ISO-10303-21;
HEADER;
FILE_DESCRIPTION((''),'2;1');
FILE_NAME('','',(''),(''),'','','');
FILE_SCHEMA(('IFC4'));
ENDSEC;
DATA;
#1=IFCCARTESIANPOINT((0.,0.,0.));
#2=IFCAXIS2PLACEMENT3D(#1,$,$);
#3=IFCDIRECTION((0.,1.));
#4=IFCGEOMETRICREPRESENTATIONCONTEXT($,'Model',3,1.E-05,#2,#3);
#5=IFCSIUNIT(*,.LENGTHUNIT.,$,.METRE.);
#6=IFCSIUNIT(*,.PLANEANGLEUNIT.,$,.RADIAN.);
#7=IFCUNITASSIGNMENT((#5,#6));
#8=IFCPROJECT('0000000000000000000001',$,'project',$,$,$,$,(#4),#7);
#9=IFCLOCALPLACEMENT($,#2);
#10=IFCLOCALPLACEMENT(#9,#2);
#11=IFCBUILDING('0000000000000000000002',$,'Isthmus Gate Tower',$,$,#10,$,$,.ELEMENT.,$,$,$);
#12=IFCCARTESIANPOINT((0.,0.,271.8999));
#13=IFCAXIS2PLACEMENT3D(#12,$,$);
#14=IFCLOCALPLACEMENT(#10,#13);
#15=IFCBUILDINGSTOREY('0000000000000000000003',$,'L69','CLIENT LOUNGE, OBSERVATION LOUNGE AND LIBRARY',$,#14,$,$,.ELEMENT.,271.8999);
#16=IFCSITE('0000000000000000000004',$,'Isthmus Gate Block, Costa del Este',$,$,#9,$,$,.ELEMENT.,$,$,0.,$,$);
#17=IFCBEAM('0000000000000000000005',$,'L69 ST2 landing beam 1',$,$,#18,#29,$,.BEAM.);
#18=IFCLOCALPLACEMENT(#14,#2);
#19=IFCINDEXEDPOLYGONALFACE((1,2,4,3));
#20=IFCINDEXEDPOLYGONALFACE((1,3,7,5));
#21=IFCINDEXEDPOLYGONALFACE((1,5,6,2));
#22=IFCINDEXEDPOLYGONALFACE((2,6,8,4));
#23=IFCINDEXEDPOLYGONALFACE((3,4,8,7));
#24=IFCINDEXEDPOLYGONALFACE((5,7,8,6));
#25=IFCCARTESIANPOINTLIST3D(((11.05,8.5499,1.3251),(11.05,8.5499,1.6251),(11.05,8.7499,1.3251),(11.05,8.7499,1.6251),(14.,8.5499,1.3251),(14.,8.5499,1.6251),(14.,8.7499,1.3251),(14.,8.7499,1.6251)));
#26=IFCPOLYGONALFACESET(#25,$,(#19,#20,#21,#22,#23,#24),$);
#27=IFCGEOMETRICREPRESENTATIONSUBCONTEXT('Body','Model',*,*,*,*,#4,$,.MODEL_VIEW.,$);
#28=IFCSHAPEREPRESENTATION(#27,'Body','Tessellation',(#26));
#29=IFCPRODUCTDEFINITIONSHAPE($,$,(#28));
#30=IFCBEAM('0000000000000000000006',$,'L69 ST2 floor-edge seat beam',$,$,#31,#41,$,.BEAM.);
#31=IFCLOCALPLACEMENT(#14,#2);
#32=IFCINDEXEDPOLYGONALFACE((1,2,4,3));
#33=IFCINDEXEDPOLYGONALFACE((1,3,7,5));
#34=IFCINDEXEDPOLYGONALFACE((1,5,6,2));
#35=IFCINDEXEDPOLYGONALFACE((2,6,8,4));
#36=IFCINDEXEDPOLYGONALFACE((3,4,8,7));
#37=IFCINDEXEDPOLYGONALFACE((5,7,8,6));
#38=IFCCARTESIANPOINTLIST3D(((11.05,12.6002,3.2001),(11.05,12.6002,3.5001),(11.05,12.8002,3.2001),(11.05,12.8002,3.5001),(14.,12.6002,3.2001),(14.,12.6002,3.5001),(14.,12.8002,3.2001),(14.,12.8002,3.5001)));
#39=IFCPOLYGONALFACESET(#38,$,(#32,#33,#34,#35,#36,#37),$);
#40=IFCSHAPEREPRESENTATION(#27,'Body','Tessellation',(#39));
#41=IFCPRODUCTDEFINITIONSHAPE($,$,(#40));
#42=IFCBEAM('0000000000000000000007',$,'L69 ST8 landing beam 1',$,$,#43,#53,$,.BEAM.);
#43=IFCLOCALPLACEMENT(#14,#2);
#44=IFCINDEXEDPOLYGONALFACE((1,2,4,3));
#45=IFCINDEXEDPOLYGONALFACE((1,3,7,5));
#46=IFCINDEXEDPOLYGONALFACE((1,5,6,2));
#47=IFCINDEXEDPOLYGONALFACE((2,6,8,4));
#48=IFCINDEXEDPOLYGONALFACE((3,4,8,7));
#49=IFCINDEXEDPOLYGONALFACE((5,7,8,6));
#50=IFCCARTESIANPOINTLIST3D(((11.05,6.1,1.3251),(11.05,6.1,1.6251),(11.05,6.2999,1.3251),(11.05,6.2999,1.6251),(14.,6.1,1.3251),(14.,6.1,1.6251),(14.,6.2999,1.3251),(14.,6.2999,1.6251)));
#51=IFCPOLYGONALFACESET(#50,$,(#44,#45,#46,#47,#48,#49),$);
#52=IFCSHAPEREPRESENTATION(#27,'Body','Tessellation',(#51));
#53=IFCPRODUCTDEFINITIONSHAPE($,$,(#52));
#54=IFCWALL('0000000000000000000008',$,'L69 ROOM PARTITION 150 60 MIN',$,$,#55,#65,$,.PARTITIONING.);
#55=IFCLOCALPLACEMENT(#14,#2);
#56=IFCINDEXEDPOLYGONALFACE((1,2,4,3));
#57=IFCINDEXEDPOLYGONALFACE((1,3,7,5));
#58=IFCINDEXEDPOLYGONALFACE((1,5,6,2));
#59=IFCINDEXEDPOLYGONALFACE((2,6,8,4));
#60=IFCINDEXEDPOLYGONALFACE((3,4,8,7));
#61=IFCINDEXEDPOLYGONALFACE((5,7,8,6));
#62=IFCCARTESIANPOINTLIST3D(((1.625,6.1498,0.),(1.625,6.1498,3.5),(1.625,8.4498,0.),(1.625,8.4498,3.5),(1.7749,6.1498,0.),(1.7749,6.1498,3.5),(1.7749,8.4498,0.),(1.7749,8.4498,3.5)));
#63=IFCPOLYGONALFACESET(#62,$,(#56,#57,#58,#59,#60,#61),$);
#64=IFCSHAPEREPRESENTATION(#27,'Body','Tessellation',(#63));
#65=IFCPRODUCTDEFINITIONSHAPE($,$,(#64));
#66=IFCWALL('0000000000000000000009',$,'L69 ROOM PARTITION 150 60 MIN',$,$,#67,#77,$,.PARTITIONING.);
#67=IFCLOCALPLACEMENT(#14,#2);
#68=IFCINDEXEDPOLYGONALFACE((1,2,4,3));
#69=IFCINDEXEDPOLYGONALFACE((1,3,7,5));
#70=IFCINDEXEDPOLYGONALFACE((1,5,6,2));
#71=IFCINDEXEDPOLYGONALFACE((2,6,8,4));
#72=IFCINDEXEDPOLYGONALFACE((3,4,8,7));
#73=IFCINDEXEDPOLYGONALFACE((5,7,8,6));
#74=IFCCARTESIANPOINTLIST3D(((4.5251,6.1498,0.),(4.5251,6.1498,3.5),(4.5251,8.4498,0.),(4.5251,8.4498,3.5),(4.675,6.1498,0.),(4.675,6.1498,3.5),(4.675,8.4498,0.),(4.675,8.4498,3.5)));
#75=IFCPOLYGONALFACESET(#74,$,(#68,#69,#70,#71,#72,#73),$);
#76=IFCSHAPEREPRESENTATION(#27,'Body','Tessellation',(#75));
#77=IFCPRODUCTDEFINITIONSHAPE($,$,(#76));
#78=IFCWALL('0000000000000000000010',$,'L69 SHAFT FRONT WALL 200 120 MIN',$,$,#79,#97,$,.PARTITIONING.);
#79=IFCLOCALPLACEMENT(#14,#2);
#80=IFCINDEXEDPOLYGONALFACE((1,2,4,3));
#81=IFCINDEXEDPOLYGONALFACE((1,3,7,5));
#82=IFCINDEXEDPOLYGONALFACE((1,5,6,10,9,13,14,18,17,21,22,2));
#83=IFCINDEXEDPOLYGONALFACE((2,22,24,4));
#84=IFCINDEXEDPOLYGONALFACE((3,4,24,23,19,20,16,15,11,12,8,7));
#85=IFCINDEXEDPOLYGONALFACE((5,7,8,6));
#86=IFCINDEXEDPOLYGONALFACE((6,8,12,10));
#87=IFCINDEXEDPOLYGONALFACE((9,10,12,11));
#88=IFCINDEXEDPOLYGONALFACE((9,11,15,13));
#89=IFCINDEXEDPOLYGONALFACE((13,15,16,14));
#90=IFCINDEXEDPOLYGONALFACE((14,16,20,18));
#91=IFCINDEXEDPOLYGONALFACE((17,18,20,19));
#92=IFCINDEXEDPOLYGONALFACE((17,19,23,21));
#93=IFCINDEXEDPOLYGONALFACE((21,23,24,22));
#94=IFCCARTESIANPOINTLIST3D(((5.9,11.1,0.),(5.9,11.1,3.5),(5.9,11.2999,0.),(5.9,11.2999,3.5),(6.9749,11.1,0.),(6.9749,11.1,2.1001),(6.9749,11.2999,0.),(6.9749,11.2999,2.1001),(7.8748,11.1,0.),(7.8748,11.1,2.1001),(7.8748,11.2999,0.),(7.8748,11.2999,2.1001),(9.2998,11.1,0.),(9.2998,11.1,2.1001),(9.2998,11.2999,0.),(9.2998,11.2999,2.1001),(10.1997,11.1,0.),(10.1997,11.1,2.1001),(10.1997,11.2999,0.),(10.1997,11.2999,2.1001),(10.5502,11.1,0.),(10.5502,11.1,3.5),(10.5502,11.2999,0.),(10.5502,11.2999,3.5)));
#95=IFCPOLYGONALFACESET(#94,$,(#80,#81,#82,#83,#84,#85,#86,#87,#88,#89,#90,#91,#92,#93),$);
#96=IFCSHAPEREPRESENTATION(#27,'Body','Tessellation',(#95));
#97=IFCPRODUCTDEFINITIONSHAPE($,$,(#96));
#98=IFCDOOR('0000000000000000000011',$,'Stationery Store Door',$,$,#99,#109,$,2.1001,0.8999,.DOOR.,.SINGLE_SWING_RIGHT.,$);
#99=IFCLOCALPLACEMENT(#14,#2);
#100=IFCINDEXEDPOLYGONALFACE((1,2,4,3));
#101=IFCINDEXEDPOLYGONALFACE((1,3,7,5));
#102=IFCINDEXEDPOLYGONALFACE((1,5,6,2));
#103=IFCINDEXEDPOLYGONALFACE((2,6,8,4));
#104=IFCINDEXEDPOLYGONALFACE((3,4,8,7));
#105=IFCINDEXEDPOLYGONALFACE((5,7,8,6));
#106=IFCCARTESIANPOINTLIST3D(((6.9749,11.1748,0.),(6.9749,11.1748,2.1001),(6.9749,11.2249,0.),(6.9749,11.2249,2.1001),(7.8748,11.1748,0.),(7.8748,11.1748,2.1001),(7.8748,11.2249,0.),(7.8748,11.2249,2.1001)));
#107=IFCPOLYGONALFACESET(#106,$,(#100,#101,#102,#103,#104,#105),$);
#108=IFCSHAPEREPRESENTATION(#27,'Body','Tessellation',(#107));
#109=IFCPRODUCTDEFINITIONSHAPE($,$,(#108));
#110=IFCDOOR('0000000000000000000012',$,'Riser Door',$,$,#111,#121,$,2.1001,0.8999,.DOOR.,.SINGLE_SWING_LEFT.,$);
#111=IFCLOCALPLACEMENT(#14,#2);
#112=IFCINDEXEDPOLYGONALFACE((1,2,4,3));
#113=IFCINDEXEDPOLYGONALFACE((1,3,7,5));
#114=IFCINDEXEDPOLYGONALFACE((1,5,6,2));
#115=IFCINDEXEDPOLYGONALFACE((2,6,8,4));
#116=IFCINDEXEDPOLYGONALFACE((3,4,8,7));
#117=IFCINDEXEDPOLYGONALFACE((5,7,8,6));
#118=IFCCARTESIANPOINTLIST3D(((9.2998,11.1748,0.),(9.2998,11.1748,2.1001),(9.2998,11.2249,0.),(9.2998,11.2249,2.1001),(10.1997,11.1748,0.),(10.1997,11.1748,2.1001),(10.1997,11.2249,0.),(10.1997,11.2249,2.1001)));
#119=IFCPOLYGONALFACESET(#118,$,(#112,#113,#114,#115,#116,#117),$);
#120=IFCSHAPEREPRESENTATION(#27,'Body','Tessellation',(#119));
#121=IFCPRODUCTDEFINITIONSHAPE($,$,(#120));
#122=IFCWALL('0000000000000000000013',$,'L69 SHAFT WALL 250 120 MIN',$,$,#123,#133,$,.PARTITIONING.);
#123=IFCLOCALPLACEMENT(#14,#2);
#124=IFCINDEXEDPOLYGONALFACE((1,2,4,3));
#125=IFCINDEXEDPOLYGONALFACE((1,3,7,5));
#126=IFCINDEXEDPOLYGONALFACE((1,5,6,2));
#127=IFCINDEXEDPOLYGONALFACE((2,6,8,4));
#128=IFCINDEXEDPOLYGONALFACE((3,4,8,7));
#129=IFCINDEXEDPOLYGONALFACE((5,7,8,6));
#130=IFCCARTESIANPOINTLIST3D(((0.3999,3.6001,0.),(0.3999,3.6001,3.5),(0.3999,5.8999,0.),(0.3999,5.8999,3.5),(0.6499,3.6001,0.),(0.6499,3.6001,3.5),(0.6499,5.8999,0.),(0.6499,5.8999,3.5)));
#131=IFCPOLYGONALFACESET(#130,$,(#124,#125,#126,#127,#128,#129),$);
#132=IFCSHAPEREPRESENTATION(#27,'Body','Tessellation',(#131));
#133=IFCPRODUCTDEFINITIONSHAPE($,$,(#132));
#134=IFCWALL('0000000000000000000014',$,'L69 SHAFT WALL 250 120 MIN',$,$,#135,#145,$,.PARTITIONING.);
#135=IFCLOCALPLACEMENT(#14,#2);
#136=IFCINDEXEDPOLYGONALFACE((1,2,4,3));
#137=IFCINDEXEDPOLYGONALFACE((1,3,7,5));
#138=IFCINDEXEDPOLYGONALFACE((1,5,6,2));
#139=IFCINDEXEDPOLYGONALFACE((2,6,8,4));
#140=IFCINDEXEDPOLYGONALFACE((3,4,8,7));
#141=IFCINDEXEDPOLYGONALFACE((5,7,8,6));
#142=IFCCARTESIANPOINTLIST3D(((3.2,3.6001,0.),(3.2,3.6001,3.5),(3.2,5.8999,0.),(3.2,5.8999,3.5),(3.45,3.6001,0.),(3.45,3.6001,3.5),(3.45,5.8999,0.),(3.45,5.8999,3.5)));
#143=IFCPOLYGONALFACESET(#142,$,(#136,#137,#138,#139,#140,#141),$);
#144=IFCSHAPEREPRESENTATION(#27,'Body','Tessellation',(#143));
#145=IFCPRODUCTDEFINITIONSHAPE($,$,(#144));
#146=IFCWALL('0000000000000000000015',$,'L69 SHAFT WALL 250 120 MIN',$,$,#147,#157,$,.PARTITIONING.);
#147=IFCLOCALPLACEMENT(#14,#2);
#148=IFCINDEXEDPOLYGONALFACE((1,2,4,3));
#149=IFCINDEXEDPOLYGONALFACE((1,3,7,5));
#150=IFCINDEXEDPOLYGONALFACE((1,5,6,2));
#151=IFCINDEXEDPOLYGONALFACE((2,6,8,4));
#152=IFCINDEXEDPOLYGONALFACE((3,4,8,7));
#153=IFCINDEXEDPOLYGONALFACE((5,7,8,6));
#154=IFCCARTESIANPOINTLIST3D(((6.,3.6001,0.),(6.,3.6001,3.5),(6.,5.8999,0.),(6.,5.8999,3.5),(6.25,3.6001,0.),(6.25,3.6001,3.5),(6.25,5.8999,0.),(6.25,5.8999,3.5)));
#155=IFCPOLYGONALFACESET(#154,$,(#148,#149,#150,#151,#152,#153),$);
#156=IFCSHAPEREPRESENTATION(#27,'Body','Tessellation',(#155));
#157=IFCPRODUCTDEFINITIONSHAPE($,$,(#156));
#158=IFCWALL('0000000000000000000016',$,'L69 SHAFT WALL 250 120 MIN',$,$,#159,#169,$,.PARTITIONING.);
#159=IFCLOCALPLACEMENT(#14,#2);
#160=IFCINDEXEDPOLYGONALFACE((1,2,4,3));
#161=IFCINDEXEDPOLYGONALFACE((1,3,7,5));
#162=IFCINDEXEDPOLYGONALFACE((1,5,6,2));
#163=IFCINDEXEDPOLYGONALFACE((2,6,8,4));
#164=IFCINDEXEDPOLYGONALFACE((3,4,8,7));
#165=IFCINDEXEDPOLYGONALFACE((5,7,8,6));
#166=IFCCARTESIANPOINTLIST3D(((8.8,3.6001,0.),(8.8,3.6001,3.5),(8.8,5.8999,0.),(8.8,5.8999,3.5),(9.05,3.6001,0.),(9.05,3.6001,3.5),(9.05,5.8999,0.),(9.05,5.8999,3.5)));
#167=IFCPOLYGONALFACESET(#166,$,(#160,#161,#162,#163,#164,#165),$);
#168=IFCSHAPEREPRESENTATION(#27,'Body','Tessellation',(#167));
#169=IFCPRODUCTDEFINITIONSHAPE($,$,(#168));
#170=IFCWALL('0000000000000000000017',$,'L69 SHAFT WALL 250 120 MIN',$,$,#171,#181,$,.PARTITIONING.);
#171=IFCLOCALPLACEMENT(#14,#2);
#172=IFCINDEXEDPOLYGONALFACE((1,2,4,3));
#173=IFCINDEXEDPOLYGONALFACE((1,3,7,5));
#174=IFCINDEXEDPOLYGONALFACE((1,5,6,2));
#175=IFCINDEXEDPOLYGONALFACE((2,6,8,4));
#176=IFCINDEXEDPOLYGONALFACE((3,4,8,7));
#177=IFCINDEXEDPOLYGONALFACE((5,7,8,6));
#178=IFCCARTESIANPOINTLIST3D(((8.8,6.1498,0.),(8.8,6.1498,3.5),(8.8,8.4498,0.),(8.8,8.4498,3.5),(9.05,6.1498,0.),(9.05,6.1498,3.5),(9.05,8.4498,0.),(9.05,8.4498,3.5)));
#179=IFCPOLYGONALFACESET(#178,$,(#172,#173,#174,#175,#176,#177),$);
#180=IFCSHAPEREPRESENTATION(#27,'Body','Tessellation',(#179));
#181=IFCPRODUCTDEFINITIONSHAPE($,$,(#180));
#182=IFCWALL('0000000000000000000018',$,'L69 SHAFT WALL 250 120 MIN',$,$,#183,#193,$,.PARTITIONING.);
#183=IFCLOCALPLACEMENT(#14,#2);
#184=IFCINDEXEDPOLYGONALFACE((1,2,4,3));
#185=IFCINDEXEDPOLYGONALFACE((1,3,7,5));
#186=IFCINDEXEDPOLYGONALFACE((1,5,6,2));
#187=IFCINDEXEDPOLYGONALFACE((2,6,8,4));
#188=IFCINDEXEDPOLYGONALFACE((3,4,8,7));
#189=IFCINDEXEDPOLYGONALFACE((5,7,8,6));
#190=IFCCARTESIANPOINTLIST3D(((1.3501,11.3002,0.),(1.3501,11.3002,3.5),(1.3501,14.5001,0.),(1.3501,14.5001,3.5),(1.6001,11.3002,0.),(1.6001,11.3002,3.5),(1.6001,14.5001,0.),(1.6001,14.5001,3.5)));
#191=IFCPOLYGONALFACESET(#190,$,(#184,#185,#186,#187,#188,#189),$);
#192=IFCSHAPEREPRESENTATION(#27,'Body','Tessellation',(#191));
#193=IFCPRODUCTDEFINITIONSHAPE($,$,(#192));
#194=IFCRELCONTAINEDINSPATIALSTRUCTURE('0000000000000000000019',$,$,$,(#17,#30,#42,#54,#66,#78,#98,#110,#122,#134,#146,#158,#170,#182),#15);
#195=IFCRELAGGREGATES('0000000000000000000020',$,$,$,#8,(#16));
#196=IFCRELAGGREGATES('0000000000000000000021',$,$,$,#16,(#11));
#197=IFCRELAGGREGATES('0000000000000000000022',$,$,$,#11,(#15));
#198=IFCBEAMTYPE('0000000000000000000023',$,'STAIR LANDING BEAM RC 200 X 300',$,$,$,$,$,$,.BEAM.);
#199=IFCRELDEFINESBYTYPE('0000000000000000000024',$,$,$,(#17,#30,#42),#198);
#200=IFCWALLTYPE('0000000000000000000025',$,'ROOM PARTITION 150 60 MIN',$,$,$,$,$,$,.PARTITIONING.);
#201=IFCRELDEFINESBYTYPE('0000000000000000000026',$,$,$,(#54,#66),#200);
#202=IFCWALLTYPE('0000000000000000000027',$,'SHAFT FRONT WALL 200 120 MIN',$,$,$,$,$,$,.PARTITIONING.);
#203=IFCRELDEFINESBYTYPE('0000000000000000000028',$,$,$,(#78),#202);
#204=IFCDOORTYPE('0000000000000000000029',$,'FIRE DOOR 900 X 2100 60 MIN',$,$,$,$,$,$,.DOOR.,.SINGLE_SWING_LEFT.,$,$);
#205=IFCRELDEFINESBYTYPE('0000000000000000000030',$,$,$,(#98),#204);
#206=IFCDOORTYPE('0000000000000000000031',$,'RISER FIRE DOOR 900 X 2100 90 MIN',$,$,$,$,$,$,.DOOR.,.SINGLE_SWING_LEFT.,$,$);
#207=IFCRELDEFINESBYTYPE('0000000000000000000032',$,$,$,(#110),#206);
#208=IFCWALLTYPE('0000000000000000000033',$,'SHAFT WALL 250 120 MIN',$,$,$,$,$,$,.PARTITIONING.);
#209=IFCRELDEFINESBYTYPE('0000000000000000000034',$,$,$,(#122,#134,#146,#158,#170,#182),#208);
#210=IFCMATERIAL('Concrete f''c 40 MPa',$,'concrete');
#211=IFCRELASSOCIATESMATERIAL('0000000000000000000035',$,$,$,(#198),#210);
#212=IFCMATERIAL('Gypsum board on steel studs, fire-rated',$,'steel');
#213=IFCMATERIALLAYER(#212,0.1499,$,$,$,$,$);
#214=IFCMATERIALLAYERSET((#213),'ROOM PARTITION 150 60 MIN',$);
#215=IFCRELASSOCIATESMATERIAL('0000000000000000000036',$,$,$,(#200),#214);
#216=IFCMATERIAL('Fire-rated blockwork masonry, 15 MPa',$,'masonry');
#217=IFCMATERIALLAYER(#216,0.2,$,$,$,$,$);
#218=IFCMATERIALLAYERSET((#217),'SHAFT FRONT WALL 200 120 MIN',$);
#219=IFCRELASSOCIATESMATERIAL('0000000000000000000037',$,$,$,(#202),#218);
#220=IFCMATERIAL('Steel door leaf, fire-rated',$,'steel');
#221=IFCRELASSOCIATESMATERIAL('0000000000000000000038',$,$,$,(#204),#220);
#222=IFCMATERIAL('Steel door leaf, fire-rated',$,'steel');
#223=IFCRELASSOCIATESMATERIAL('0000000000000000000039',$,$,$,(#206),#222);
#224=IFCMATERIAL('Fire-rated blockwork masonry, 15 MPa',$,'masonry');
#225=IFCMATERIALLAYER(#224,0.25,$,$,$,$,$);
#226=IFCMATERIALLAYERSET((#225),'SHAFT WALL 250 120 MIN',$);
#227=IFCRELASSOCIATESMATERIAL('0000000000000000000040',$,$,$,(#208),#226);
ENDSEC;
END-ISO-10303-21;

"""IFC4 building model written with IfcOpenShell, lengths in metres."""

from ifc_helpers import new_model, si_unit, direction, frame, frame_2d, origin, origin_2d, place, context, subcontext, project, spatial, rectangle, extrude, material, layer, layer_set, material_profile, profile_set, type_object, element, fill, save


model = new_model("IFC4")

# Units and contexts
model_context = context("Model", 3, precision=1e-05, world=origin(), true_north=direction((0.0, 1.0)))
body_context = subcontext(model_context, "Body", "Model", "MODEL_VIEW")
ifc_project = project(units=[si_unit("LENGTHUNIT", "METRE"), si_unit("PLANEANGLEUNIT", "RADIAN")], contexts=[model_context])

# Site, building, storey
site_placement = place(None, origin())
site = spatial("IfcSite", under=ifc_project, at=site_placement, Name="Isthmus Gate Block, Costa del Este", CompositionType="ELEMENT", RefElevation=0.0)
building_placement = place(site_placement, origin())
building = spatial("IfcBuilding", under=site, at=building_placement, Name="Isthmus Gate Tower", CompositionType="ELEMENT")
storey_placement = place(building_placement, frame((0.0, 0.0, 271.8999)))
storey = spatial("IfcBuildingStorey", under=building, at=storey_placement, Name="L69", Description="CLIENT LOUNGE, OBSERVATION LOUNGE AND LIBRARY", CompositionType="ELEMENT", Elevation=271.8999)

# Beams
ifc_material_1 = material(Name="Concrete f'c 40 MPa", Category="concrete")
ifc_material_profile = material_profile(ifc_material_1, rectangle(XDim=0.2, YDim=0.3, at=origin_2d()), Name="STAIR LANDING BEAM RC 200 X 300")
ifc_profile_set = profile_set([ifc_material_profile], Name="Concrete f'c 40 MPa")
beam_type = type_object("IfcBeamType", Name="STAIR LANDING BEAM RC 200 X 300", PredefinedType="BEAM", material=ifc_profile_set)
for number, where, z_axis, x_axis, name in (
    (1, (11.05, 8.6499, 1.4751), (1.0, 0.0, 0.0), (0.0, 1.0, 0.0), "L69 ST2 landing beam 1"),
    (2, (11.05, 12.7002, 3.3501), (1.0, 0.0, 0.0), (0.0, 1.0, 0.0), "L69 ST2 floor-edge seat beam"),
    (3, (11.05, 6.2, 1.4751), (1.0, 0.0, 0.0), (0.0, 1.0, 0.0), "L69 ST8 landing beam 1"),
):
    element("IfcBeam", number, at=place(storey_placement, frame(where, z_axis=z_axis, x_axis=x_axis)), inside=storey, type_object=beam_type, Name=name, PredefinedType="BEAM", context=body_context, shape_type="SweptSolid", body=[
        extrude(rectangle(XDim=0.2, YDim=0.3, at=origin_2d()), origin(), (0.0, 0.0, 1.0), 2.95),
    ])

# Walls
ifc_material_2 = material(Name="Gypsum board on steel studs, fire-rated", Category="steel")
ifc_layer_1 = layer(ifc_material_2, 0.1499)
ifc_layer_set_1 = layer_set([ifc_layer_1], Name="ROOM PARTITION 150 60 MIN")
wall_type_1 = type_object("IfcWallType", Name="ROOM PARTITION 150 60 MIN", PredefinedType="PARTITIONING", material=ifc_layer_set_1)
for number, where, z_axis, x_axis, name in (
    (4, (1.7, 6.1499, 0.0), (0.0, 0.0, 1.0), (0.0, 1.0, 0.0), "L69 ROOM PARTITION 150 60 MIN"),
    (5, (4.6001, 6.1499, 0.0), (0.0, 0.0, 1.0), (0.0, 1.0, 0.0), "L69 ROOM PARTITION 150 60 MIN"),
):
    element("IfcWall", number, at=place(storey_placement, frame(where, z_axis=z_axis, x_axis=x_axis)), inside=storey, type_object=wall_type_1, Name=name, PredefinedType="PARTITIONING", context=body_context, shape_type="SweptSolid", body=[
        extrude(rectangle(XDim=2.3, YDim=0.1499, at=frame_2d((1.1499, 0.0))), origin(), (0.0, 0.0, 1.0), 3.5),
    ])

# Wall, openings, doors
ifc_material_3 = material(Name="Fire-rated blockwork masonry, 15 MPa", Category="masonry")
ifc_layer_2 = layer(ifc_material_3, 0.2)
ifc_layer_set_2 = layer_set([ifc_layer_2], Name="SHAFT FRONT WALL 200 120 MIN")
wall_type_2 = type_object("IfcWallType", Name="SHAFT FRONT WALL 200 120 MIN", PredefinedType="PARTITIONING", material=ifc_layer_set_2)
wall_1_placement = place(storey_placement, frame((5.8999, 11.2, 0.0), z_axis=(0.0, 0.0, 1.0), x_axis=(1.0, 0.0, 0.0)))
wall_1 = element("IfcWall", 6, at=wall_1_placement, inside=storey, type_object=wall_type_2, Name="L69 SHAFT FRONT WALL 200 120 MIN", PredefinedType="PARTITIONING", context=body_context, shape_type="SweptSolid", body=[
    extrude(rectangle(XDim=4.6501, YDim=0.2, at=frame_2d((2.3252, 0.0))), origin(), (0.0, 0.0, 1.0), 3.5),
])
opening_1_placement = place(wall_1_placement, frame((1.075, 0.0, 0.0)))
opening_1 = element("IfcOpeningElement", 7, at=opening_1_placement, cuts=wall_1, PredefinedType="OPENING", context=body_context, shape_type="SweptSolid", body=[
    extrude(rectangle(XDim=0.8999, YDim=2.1001, at=frame_2d((0.45, 1.05))), frame((0.0, 0.1099, 0.0), z_axis=(0.0, -1.0, 0.0), x_axis=(1.0, 0.0, 0.0)), (0.0, 0.0, 1.0), 0.22),
])
opening_2_placement = place(wall_1_placement, frame((3.3999, 0.0, 0.0)))
opening_2 = element("IfcOpeningElement", 8, at=opening_2_placement, cuts=wall_1, PredefinedType="OPENING", context=body_context, shape_type="SweptSolid", body=[
    extrude(rectangle(XDim=0.8999, YDim=2.1001, at=frame_2d((0.45, 1.05))), frame((0.0, 0.1099, 0.0), z_axis=(0.0, -1.0, 0.0), x_axis=(1.0, 0.0, 0.0)), (0.0, 0.0, 1.0), 0.22),
])
ifc_material_4 = material(Name="Steel door leaf, fire-rated", Category="steel")
door_type_1 = type_object("IfcDoorType", Name="FIRE DOOR 900 X 2100 60 MIN", OperationType="SINGLE_SWING_LEFT", PredefinedType="DOOR", material=ifc_material_4)
door_1_placement = place(opening_1_placement, origin())
door_1 = element("IfcDoor", 9, at=door_1_placement, inside=storey, type_object=door_type_1, Name="Stationery Store Door", OperationType="SINGLE_SWING_RIGHT", OverallHeight=2.1001, OverallWidth=0.8999, PredefinedType="DOOR", context=body_context, shape_type="SweptSolid", body=[
    extrude(rectangle(XDim=0.8999, YDim=2.1001, at=frame_2d((0.45, 1.05))), frame((0.0, 0.0249, 0.0), z_axis=(0.0, -1.0, 0.0), x_axis=(1.0, 0.0, 0.0)), (0.0, 0.0, 1.0), 0.05),
])
fill(opening_1, door_1)
ifc_material_5 = material(Name="Steel door leaf, fire-rated", Category="steel")
door_type_2 = type_object("IfcDoorType", Name="RISER FIRE DOOR 900 X 2100 90 MIN", OperationType="SINGLE_SWING_LEFT", PredefinedType="DOOR", material=ifc_material_5)
door_2_placement = place(opening_2_placement, origin())
door_2 = element("IfcDoor", 10, at=door_2_placement, inside=storey, type_object=door_type_2, Name="Riser Door", OperationType="SINGLE_SWING_LEFT", OverallHeight=2.1001, OverallWidth=0.8999, PredefinedType="DOOR", context=body_context, shape_type="SweptSolid", body=[
    extrude(rectangle(XDim=0.8999, YDim=2.1001, at=frame_2d((0.45, 1.05))), frame((0.0, 0.0249, 0.0), z_axis=(0.0, -1.0, 0.0), x_axis=(1.0, 0.0, 0.0)), (0.0, 0.0, 1.0), 0.05),
])
fill(opening_2, door_2)

# Walls
ifc_material_6 = material(Name="Fire-rated blockwork masonry, 15 MPa", Category="masonry")
ifc_layer_3 = layer(ifc_material_6, 0.25)
ifc_layer_set_3 = layer_set([ifc_layer_3], Name="SHAFT WALL 250 120 MIN")
wall_type_3 = type_object("IfcWallType", Name="SHAFT WALL 250 120 MIN", PredefinedType="PARTITIONING", material=ifc_layer_set_3)
for number, where, z_axis, x_axis, name in (
    (11, (0.5249, 3.6001, 0.0), (0.0, 0.0, 1.0), (0.0, 1.0, 0.0), "L69 SHAFT WALL 250 120 MIN"),
    (12, (3.325, 3.6001, 0.0), (0.0, 0.0, 1.0), (0.0, 1.0, 0.0), "L69 SHAFT WALL 250 120 MIN"),
    (13, (6.125, 3.6001, 0.0), (0.0, 0.0, 1.0), (0.0, 1.0, 0.0), "L69 SHAFT WALL 250 120 MIN"),
    (14, (8.925, 3.6001, 0.0), (0.0, 0.0, 1.0), (0.0, 1.0, 0.0), "L69 SHAFT WALL 250 120 MIN"),
):
    element("IfcWall", number, at=place(storey_placement, frame(where, z_axis=z_axis, x_axis=x_axis)), inside=storey, type_object=wall_type_3, Name=name, PredefinedType="PARTITIONING", context=body_context, shape_type="SweptSolid", body=[
        extrude(rectangle(XDim=2.2998, YDim=0.25, at=frame_2d((1.1499, 0.0))), origin(), (0.0, 0.0, 1.0), 3.5),
    ])
wall_2_placement = place(storey_placement, frame((8.925, 6.1499, 0.0), z_axis=(0.0, 0.0, 1.0), x_axis=(0.0, 1.0, 0.0)))
element("IfcWall", 15, at=wall_2_placement, inside=storey, type_object=wall_type_3, Name="L69 SHAFT WALL 250 120 MIN", PredefinedType="PARTITIONING", context=body_context, shape_type="SweptSolid", body=[
    extrude(rectangle(XDim=2.3, YDim=0.25, at=frame_2d((1.1499, 0.0))), origin(), (0.0, 0.0, 1.0), 3.5),
])
for number, where, z_axis, x_axis, name in (
    (16, (1.4751, 11.3, 0.0), (0.0, 0.0, 1.0), (0.0, 1.0, 0.0), "L69 SHAFT WALL 250 120 MIN"),
):
    element("IfcWall", number, at=place(storey_placement, frame(where, z_axis=z_axis, x_axis=x_axis)), inside=storey, type_object=wall_type_3, Name=name, PredefinedType="PARTITIONING", context=body_context, shape_type="SweptSolid", body=[
        extrude(rectangle(XDim=3.2, YDim=0.25, at=frame_2d((1.6001, 0.0))), origin(), (0.0, 0.0, 1.0), 3.5),
    ])

save(model, "model.ifc")
